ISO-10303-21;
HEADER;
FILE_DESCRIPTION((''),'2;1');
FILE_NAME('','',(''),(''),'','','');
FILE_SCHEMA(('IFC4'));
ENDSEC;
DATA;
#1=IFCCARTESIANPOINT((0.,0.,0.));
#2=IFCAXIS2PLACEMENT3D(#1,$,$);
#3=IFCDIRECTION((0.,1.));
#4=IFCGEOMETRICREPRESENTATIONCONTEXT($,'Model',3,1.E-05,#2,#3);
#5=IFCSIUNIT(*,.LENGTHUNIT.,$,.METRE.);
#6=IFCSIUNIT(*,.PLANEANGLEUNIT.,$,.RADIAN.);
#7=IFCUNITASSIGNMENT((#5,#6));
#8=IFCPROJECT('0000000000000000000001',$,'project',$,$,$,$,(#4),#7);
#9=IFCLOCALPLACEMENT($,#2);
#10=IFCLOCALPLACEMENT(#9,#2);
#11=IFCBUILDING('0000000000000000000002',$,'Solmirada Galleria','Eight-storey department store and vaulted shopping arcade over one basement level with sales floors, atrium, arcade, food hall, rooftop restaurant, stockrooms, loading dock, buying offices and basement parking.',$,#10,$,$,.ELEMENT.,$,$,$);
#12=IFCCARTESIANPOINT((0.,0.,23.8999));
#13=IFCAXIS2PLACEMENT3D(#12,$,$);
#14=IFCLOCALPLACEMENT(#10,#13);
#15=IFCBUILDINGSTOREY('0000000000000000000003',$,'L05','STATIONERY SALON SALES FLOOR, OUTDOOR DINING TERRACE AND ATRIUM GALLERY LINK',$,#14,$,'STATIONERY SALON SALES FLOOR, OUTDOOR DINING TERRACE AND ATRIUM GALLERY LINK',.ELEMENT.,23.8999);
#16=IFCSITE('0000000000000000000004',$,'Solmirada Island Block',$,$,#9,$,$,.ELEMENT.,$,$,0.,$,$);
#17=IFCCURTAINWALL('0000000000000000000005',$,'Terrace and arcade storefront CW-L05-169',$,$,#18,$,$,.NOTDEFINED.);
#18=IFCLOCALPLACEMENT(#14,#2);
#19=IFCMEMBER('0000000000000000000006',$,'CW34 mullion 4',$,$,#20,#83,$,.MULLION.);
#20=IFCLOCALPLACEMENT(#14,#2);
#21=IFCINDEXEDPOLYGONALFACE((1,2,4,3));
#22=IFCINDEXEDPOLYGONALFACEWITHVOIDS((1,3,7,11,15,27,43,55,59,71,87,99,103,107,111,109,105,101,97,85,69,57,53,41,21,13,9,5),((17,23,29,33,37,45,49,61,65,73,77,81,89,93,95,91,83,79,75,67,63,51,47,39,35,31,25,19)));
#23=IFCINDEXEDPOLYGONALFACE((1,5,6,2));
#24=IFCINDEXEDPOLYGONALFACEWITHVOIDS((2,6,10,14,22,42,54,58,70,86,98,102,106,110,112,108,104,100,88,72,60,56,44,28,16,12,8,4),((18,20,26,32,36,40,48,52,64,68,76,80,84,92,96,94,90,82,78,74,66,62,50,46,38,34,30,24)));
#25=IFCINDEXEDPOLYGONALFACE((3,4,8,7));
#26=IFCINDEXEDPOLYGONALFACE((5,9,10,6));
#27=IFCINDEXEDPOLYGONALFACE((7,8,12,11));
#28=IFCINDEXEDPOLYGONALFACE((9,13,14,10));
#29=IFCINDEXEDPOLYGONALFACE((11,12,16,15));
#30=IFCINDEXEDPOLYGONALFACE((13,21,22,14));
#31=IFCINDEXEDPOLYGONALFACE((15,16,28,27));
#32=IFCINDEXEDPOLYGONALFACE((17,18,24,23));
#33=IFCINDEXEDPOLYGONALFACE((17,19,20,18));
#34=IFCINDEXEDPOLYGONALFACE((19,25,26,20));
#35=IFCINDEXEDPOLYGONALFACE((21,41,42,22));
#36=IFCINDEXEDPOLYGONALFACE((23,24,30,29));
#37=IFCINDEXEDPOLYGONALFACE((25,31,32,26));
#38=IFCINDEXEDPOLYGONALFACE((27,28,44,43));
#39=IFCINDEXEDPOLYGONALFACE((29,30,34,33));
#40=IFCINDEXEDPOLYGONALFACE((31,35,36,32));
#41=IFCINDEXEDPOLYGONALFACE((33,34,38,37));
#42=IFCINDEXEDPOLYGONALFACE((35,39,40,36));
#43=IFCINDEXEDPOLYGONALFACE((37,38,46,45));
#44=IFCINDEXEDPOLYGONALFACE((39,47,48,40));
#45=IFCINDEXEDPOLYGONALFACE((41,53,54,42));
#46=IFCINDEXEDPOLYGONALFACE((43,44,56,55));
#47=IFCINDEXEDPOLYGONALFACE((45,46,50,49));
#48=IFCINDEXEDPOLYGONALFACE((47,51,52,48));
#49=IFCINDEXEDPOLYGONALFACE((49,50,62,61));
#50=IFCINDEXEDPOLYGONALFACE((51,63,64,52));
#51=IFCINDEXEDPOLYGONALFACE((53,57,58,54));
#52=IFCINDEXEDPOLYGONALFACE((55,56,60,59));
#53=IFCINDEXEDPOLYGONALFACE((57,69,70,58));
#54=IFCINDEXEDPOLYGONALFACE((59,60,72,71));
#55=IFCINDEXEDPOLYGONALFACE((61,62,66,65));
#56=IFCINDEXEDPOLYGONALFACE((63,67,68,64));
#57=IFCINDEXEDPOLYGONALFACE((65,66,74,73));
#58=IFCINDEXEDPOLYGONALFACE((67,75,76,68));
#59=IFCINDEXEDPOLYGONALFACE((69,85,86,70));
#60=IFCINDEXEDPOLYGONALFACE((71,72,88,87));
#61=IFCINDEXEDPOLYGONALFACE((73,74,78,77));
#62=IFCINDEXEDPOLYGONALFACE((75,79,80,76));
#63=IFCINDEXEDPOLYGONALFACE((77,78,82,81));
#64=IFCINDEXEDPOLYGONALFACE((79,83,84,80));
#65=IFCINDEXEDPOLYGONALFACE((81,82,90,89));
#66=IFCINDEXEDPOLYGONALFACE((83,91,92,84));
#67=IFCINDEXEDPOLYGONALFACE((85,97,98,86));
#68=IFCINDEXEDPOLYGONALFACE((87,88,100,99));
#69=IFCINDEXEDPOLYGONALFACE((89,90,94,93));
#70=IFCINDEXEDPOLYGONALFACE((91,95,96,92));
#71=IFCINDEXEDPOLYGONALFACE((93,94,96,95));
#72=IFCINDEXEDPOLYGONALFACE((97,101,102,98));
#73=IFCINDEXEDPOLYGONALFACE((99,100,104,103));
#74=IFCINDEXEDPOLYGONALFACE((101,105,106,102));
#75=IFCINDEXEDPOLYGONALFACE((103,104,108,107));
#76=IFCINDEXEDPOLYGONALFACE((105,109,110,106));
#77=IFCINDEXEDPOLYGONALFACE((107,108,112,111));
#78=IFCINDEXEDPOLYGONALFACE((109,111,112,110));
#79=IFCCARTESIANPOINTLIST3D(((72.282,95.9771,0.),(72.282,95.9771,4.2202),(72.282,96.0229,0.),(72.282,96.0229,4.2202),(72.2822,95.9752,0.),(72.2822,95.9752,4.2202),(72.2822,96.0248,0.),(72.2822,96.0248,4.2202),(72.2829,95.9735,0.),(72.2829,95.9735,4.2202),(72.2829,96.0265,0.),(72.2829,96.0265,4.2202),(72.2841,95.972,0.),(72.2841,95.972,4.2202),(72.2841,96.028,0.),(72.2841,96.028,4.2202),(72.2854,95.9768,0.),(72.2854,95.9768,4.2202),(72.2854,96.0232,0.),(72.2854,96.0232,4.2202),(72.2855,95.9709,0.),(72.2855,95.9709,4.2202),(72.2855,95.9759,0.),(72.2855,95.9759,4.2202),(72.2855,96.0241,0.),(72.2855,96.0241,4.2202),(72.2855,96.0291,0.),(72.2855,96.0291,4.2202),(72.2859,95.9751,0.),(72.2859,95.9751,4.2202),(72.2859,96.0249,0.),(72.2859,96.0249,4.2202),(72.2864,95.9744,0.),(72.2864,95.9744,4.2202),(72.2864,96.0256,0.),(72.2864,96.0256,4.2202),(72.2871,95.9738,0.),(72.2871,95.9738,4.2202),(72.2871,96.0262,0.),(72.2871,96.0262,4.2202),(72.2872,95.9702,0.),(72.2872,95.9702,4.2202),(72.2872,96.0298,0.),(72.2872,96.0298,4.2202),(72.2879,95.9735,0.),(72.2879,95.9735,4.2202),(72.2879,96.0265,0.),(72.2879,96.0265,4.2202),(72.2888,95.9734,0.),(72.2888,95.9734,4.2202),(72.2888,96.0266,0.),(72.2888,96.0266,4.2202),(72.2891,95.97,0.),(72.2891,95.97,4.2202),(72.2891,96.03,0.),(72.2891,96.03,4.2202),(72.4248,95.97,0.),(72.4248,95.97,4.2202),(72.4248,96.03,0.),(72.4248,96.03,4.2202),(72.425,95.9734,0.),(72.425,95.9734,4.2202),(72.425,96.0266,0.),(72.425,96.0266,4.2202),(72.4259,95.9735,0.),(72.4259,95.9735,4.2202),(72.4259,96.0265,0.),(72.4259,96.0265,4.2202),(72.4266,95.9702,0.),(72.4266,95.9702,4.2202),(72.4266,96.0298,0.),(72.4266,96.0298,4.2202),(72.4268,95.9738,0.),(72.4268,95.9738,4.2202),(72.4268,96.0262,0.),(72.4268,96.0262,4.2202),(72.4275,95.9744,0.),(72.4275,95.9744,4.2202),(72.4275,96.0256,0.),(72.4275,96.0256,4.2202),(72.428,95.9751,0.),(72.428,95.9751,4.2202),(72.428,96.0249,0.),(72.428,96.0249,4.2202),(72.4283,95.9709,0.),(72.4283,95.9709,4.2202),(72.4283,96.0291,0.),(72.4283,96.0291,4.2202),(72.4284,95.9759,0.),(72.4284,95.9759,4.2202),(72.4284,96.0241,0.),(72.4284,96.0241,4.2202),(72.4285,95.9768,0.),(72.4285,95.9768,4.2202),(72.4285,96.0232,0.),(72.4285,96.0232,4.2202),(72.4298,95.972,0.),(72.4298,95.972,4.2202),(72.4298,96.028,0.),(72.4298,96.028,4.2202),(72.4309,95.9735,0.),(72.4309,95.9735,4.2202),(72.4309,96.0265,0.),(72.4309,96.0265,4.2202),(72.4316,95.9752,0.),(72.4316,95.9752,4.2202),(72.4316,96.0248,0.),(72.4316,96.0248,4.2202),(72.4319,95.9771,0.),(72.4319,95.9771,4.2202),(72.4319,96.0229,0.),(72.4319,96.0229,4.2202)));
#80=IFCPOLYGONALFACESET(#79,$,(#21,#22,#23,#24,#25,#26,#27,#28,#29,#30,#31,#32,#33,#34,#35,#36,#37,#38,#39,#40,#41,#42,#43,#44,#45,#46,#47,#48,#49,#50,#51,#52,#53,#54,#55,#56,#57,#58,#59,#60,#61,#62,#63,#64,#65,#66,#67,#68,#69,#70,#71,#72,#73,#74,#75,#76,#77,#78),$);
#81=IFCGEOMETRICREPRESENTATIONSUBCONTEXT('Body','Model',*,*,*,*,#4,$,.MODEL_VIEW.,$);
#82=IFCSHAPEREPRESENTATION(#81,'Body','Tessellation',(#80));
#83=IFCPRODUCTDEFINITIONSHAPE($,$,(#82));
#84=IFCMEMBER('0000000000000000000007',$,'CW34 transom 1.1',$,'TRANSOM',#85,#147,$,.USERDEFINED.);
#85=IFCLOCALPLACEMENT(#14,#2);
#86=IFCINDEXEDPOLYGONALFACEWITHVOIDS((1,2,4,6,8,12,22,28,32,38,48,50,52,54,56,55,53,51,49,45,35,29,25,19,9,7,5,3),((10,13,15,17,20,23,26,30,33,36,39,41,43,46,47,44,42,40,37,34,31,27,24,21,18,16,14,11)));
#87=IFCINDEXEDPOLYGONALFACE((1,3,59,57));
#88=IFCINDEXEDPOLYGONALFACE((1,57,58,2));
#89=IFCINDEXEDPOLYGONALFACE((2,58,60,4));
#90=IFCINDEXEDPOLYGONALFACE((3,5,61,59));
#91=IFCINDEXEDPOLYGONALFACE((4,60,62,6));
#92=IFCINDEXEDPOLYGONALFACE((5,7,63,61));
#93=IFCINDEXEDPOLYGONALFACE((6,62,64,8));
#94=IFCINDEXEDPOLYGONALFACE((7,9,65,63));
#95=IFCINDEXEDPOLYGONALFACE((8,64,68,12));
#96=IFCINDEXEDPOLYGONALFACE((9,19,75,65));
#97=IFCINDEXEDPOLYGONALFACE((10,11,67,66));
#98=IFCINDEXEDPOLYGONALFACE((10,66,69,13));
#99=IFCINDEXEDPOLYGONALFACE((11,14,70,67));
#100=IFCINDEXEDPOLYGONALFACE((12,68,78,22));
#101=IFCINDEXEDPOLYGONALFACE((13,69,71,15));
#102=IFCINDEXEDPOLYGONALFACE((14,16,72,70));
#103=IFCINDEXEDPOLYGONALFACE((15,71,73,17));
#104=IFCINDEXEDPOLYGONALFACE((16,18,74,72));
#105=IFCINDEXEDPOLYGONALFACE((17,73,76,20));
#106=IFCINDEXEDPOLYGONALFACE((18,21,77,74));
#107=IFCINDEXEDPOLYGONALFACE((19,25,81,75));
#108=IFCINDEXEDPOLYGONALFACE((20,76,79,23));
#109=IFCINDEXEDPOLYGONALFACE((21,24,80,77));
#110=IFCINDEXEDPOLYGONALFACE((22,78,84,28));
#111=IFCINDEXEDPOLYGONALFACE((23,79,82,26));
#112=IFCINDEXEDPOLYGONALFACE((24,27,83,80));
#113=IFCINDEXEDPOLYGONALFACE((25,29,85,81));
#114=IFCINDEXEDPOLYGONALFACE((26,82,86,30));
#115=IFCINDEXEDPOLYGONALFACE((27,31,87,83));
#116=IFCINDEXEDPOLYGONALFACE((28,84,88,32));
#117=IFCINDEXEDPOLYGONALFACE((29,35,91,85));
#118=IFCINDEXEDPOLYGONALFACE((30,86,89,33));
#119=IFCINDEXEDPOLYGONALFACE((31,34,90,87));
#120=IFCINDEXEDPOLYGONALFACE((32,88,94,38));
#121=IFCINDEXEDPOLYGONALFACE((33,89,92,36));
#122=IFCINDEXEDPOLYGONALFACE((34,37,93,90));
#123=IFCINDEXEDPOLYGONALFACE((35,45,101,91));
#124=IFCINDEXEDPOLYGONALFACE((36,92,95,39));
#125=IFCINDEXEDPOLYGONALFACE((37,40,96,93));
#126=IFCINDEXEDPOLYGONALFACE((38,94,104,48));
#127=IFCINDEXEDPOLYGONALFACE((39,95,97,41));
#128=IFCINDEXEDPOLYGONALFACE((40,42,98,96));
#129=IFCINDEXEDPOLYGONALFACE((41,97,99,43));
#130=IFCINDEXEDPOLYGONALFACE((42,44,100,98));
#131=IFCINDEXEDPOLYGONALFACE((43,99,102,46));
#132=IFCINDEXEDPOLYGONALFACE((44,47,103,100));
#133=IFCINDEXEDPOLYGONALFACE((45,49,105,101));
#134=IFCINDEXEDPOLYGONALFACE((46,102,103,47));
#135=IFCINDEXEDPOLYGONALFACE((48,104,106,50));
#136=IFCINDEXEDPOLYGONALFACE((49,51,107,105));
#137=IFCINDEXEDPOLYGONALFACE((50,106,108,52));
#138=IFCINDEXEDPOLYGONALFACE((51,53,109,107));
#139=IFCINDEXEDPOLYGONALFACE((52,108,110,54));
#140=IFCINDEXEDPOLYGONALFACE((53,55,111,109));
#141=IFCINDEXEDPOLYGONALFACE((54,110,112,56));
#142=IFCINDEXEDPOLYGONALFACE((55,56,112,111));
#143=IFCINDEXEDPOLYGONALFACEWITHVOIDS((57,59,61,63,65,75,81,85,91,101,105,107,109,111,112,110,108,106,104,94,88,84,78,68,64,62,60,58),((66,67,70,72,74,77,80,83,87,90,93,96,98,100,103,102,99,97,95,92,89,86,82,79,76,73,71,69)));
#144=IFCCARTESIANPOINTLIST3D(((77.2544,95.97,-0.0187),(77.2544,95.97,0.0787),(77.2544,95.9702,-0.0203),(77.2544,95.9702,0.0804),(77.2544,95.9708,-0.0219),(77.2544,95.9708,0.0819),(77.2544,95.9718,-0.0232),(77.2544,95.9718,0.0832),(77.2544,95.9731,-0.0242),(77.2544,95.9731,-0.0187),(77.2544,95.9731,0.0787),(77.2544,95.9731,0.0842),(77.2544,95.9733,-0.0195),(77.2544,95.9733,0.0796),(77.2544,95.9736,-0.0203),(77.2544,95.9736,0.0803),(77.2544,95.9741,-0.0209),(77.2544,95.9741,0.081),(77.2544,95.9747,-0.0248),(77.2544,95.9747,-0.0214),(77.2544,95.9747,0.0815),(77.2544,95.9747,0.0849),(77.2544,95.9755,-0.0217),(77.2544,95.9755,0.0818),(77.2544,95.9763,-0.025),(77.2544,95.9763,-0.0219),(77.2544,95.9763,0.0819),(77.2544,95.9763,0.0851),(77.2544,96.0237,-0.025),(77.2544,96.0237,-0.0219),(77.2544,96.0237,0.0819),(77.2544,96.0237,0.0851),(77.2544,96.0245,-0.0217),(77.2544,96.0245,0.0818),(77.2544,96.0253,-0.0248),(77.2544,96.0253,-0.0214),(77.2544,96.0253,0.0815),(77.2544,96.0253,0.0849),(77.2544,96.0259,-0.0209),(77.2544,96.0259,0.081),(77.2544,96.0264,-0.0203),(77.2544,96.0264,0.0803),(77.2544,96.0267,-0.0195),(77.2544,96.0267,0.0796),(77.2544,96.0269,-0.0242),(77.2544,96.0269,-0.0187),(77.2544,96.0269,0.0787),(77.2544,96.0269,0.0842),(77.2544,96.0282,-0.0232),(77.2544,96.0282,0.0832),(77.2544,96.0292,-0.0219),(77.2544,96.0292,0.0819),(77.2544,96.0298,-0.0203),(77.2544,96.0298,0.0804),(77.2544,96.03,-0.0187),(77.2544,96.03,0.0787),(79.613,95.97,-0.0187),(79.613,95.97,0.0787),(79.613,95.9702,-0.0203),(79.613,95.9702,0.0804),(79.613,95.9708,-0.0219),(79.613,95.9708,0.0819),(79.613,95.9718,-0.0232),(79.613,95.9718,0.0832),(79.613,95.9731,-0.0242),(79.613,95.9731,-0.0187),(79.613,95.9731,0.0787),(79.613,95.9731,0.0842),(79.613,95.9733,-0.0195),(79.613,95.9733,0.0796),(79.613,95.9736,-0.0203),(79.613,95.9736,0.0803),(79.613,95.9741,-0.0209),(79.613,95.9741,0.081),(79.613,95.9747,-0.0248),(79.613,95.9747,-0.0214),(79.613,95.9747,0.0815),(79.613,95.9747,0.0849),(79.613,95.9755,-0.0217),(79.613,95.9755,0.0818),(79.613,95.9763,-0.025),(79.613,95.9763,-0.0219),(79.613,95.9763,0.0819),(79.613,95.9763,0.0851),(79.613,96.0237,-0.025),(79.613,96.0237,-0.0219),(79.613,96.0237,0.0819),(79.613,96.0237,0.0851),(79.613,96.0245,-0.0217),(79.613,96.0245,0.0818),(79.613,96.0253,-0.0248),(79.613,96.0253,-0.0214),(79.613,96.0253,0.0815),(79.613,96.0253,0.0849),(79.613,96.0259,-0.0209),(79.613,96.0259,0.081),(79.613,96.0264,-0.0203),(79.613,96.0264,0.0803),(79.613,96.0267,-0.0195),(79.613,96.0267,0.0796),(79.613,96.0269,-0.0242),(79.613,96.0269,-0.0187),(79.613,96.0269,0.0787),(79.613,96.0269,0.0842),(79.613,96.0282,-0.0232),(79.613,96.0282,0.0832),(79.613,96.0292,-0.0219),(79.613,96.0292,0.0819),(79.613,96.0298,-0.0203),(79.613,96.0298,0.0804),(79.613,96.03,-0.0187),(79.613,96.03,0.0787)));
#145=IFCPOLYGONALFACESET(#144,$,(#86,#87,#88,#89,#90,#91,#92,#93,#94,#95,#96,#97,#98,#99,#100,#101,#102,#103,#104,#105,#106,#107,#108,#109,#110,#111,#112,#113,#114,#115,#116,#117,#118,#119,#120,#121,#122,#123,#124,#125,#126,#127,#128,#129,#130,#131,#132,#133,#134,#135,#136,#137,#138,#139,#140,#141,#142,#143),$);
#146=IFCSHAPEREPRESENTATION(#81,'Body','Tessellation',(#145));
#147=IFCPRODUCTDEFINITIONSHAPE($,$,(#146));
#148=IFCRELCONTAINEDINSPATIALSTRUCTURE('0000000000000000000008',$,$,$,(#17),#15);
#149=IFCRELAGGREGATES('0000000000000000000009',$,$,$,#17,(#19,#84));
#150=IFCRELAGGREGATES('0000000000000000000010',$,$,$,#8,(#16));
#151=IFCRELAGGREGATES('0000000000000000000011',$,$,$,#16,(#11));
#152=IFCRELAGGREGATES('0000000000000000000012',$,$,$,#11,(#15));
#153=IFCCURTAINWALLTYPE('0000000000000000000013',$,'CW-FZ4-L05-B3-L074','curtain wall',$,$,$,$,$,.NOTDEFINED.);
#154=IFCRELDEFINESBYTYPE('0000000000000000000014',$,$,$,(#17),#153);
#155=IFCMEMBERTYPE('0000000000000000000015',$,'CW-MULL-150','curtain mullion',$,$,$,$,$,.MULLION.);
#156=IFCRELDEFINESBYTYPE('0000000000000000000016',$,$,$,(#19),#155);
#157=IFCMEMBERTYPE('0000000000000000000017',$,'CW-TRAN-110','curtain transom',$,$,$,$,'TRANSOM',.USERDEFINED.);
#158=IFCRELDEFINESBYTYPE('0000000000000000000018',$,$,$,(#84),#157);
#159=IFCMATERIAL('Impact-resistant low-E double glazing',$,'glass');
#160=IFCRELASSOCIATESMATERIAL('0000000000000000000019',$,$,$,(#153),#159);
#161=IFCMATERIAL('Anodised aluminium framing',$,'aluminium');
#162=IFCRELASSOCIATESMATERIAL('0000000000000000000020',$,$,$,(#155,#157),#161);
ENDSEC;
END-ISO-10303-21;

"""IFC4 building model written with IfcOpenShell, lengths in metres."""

from ifc_helpers import new_model, si_unit, direction, frame, origin, origin_2d, place, context, subcontext, project, spatial, hollow_rectangle, extrude, material, material_profile, profile_set, type_object, element, aggregate, save


model = new_model("IFC4")

# Units and contexts
model_context = context("Model", 3, precision=1e-05, world=origin(), true_north=direction((0.0, 1.0)))
body_context = subcontext(model_context, "Body", "Model", "MODEL_VIEW")
ifc_project = project(units=[si_unit("LENGTHUNIT", "METRE"), si_unit("PLANEANGLEUNIT", "RADIAN")], contexts=[model_context])

# Site, building, storey
site_placement = place(None, origin())
site = spatial("IfcSite", under=ifc_project, at=site_placement, Name="Solmirada Island Block", CompositionType="ELEMENT", RefElevation=0.0)
building_placement = place(site_placement, origin())
building = spatial("IfcBuilding", under=site, at=building_placement, Name="Solmirada Galleria", Description="Eight-storey department store and vaulted shopping arcade over one basement level with sales floors, atrium, arcade, food hall, rooftop restaurant, stockrooms, loading dock, buying offices and basement parking.", CompositionType="ELEMENT")
storey_placement = place(building_placement, frame((0.0, 0.0, 23.8999)))
storey = spatial("IfcBuildingStorey", under=building, at=storey_placement, Name="L05", Description="STATIONERY SALON SALES FLOOR, OUTDOOR DINING TERRACE AND ATRIUM GALLERY LINK", LongName="STATIONERY SALON SALES FLOOR, OUTDOOR DINING TERRACE AND ATRIUM GALLERY LINK", CompositionType="ELEMENT", Elevation=23.8999)

# Curtain wall, members
ifc_material_1 = material(Name="Impact-resistant low-E double glazing", Category="glass")
curtain_wall_type = type_object("IfcCurtainWallType", Name="CW-FZ4-L05-B3-L074", Description="curtain wall", PredefinedType="NOTDEFINED", material=ifc_material_1)
curtain_wall_placement = place(storey_placement, origin())
curtain_wall = element("IfcCurtainWall", 1, at=curtain_wall_placement, inside=storey, type_object=curtain_wall_type, Name="Terrace and arcade storefront CW-L05-169", PredefinedType="NOTDEFINED")
ifc_material_2 = material(Name="Anodised aluminium framing", Category="aluminium")
ifc_material_profile_1 = material_profile(ifc_material_2, hollow_rectangle(XDim=0.0601, YDim=0.1499, WallThickness=0.0034, InnerFilletRadius=0.0034, OuterFilletRadius=0.0071, at=origin_2d()), Name="ALU-MULL-150X60")
ifc_profile_set_1 = profile_set([ifc_material_profile_1], Name="Anodised aluminium framing")
member_type_1 = type_object("IfcMemberType", Name="CW-MULL-150", Description="curtain mullion", PredefinedType="MULLION", material=ifc_profile_set_1)
member_1_placement = place(storey_placement, frame((72.3569, 96.0, 0.0), z_axis=(0.0, 0.0, 1.0), x_axis=(0.0, -1.0, 0.0)))
member_1 = element("IfcMember", 2, at=member_1_placement, type_object=member_type_1, Name="CW34 mullion 4", PredefinedType="MULLION", context=body_context, shape_type="SweptSolid", body=[
    extrude(hollow_rectangle(XDim=0.0601, YDim=0.1499, WallThickness=0.0034, InnerFilletRadius=0.0034, OuterFilletRadius=0.0071, at=origin_2d()), origin(), (0.0, 0.0, 1.0), 4.2202),
])
ifc_material_profile_2 = material_profile(ifc_material_2, hollow_rectangle(XDim=0.0601, YDim=0.1101, WallThickness=0.0032, InnerFilletRadius=0.0032, OuterFilletRadius=0.0063, at=origin_2d()), Name="ALU-TRAN-110X60")
ifc_profile_set_2 = profile_set([ifc_material_profile_2], Name="Anodised aluminium framing")
member_type_2 = type_object("IfcMemberType", Name="CW-TRAN-110", Description="curtain transom", ElementType="TRANSOM", PredefinedType="USERDEFINED", material=ifc_profile_set_2)
member_2_placement = place(storey_placement, frame((79.613, 96.0, 0.03), z_axis=(-1.0, 0.0, 0.0), x_axis=(0.0, -1.0, 0.0)))
member_2 = element("IfcMember", 3, at=member_2_placement, type_object=member_type_2, Name="CW34 transom 1.1", ObjectType="TRANSOM", PredefinedType="USERDEFINED", context=body_context, shape_type="SweptSolid", body=[
    extrude(hollow_rectangle(XDim=0.0601, YDim=0.1101, WallThickness=0.0032, InnerFilletRadius=0.0032, OuterFilletRadius=0.0063, at=origin_2d()), origin(), (0.0, 0.0, 1.0), 2.3586),
])
aggregate(curtain_wall, [member_1, member_2])

save(model, "model.ifc")
